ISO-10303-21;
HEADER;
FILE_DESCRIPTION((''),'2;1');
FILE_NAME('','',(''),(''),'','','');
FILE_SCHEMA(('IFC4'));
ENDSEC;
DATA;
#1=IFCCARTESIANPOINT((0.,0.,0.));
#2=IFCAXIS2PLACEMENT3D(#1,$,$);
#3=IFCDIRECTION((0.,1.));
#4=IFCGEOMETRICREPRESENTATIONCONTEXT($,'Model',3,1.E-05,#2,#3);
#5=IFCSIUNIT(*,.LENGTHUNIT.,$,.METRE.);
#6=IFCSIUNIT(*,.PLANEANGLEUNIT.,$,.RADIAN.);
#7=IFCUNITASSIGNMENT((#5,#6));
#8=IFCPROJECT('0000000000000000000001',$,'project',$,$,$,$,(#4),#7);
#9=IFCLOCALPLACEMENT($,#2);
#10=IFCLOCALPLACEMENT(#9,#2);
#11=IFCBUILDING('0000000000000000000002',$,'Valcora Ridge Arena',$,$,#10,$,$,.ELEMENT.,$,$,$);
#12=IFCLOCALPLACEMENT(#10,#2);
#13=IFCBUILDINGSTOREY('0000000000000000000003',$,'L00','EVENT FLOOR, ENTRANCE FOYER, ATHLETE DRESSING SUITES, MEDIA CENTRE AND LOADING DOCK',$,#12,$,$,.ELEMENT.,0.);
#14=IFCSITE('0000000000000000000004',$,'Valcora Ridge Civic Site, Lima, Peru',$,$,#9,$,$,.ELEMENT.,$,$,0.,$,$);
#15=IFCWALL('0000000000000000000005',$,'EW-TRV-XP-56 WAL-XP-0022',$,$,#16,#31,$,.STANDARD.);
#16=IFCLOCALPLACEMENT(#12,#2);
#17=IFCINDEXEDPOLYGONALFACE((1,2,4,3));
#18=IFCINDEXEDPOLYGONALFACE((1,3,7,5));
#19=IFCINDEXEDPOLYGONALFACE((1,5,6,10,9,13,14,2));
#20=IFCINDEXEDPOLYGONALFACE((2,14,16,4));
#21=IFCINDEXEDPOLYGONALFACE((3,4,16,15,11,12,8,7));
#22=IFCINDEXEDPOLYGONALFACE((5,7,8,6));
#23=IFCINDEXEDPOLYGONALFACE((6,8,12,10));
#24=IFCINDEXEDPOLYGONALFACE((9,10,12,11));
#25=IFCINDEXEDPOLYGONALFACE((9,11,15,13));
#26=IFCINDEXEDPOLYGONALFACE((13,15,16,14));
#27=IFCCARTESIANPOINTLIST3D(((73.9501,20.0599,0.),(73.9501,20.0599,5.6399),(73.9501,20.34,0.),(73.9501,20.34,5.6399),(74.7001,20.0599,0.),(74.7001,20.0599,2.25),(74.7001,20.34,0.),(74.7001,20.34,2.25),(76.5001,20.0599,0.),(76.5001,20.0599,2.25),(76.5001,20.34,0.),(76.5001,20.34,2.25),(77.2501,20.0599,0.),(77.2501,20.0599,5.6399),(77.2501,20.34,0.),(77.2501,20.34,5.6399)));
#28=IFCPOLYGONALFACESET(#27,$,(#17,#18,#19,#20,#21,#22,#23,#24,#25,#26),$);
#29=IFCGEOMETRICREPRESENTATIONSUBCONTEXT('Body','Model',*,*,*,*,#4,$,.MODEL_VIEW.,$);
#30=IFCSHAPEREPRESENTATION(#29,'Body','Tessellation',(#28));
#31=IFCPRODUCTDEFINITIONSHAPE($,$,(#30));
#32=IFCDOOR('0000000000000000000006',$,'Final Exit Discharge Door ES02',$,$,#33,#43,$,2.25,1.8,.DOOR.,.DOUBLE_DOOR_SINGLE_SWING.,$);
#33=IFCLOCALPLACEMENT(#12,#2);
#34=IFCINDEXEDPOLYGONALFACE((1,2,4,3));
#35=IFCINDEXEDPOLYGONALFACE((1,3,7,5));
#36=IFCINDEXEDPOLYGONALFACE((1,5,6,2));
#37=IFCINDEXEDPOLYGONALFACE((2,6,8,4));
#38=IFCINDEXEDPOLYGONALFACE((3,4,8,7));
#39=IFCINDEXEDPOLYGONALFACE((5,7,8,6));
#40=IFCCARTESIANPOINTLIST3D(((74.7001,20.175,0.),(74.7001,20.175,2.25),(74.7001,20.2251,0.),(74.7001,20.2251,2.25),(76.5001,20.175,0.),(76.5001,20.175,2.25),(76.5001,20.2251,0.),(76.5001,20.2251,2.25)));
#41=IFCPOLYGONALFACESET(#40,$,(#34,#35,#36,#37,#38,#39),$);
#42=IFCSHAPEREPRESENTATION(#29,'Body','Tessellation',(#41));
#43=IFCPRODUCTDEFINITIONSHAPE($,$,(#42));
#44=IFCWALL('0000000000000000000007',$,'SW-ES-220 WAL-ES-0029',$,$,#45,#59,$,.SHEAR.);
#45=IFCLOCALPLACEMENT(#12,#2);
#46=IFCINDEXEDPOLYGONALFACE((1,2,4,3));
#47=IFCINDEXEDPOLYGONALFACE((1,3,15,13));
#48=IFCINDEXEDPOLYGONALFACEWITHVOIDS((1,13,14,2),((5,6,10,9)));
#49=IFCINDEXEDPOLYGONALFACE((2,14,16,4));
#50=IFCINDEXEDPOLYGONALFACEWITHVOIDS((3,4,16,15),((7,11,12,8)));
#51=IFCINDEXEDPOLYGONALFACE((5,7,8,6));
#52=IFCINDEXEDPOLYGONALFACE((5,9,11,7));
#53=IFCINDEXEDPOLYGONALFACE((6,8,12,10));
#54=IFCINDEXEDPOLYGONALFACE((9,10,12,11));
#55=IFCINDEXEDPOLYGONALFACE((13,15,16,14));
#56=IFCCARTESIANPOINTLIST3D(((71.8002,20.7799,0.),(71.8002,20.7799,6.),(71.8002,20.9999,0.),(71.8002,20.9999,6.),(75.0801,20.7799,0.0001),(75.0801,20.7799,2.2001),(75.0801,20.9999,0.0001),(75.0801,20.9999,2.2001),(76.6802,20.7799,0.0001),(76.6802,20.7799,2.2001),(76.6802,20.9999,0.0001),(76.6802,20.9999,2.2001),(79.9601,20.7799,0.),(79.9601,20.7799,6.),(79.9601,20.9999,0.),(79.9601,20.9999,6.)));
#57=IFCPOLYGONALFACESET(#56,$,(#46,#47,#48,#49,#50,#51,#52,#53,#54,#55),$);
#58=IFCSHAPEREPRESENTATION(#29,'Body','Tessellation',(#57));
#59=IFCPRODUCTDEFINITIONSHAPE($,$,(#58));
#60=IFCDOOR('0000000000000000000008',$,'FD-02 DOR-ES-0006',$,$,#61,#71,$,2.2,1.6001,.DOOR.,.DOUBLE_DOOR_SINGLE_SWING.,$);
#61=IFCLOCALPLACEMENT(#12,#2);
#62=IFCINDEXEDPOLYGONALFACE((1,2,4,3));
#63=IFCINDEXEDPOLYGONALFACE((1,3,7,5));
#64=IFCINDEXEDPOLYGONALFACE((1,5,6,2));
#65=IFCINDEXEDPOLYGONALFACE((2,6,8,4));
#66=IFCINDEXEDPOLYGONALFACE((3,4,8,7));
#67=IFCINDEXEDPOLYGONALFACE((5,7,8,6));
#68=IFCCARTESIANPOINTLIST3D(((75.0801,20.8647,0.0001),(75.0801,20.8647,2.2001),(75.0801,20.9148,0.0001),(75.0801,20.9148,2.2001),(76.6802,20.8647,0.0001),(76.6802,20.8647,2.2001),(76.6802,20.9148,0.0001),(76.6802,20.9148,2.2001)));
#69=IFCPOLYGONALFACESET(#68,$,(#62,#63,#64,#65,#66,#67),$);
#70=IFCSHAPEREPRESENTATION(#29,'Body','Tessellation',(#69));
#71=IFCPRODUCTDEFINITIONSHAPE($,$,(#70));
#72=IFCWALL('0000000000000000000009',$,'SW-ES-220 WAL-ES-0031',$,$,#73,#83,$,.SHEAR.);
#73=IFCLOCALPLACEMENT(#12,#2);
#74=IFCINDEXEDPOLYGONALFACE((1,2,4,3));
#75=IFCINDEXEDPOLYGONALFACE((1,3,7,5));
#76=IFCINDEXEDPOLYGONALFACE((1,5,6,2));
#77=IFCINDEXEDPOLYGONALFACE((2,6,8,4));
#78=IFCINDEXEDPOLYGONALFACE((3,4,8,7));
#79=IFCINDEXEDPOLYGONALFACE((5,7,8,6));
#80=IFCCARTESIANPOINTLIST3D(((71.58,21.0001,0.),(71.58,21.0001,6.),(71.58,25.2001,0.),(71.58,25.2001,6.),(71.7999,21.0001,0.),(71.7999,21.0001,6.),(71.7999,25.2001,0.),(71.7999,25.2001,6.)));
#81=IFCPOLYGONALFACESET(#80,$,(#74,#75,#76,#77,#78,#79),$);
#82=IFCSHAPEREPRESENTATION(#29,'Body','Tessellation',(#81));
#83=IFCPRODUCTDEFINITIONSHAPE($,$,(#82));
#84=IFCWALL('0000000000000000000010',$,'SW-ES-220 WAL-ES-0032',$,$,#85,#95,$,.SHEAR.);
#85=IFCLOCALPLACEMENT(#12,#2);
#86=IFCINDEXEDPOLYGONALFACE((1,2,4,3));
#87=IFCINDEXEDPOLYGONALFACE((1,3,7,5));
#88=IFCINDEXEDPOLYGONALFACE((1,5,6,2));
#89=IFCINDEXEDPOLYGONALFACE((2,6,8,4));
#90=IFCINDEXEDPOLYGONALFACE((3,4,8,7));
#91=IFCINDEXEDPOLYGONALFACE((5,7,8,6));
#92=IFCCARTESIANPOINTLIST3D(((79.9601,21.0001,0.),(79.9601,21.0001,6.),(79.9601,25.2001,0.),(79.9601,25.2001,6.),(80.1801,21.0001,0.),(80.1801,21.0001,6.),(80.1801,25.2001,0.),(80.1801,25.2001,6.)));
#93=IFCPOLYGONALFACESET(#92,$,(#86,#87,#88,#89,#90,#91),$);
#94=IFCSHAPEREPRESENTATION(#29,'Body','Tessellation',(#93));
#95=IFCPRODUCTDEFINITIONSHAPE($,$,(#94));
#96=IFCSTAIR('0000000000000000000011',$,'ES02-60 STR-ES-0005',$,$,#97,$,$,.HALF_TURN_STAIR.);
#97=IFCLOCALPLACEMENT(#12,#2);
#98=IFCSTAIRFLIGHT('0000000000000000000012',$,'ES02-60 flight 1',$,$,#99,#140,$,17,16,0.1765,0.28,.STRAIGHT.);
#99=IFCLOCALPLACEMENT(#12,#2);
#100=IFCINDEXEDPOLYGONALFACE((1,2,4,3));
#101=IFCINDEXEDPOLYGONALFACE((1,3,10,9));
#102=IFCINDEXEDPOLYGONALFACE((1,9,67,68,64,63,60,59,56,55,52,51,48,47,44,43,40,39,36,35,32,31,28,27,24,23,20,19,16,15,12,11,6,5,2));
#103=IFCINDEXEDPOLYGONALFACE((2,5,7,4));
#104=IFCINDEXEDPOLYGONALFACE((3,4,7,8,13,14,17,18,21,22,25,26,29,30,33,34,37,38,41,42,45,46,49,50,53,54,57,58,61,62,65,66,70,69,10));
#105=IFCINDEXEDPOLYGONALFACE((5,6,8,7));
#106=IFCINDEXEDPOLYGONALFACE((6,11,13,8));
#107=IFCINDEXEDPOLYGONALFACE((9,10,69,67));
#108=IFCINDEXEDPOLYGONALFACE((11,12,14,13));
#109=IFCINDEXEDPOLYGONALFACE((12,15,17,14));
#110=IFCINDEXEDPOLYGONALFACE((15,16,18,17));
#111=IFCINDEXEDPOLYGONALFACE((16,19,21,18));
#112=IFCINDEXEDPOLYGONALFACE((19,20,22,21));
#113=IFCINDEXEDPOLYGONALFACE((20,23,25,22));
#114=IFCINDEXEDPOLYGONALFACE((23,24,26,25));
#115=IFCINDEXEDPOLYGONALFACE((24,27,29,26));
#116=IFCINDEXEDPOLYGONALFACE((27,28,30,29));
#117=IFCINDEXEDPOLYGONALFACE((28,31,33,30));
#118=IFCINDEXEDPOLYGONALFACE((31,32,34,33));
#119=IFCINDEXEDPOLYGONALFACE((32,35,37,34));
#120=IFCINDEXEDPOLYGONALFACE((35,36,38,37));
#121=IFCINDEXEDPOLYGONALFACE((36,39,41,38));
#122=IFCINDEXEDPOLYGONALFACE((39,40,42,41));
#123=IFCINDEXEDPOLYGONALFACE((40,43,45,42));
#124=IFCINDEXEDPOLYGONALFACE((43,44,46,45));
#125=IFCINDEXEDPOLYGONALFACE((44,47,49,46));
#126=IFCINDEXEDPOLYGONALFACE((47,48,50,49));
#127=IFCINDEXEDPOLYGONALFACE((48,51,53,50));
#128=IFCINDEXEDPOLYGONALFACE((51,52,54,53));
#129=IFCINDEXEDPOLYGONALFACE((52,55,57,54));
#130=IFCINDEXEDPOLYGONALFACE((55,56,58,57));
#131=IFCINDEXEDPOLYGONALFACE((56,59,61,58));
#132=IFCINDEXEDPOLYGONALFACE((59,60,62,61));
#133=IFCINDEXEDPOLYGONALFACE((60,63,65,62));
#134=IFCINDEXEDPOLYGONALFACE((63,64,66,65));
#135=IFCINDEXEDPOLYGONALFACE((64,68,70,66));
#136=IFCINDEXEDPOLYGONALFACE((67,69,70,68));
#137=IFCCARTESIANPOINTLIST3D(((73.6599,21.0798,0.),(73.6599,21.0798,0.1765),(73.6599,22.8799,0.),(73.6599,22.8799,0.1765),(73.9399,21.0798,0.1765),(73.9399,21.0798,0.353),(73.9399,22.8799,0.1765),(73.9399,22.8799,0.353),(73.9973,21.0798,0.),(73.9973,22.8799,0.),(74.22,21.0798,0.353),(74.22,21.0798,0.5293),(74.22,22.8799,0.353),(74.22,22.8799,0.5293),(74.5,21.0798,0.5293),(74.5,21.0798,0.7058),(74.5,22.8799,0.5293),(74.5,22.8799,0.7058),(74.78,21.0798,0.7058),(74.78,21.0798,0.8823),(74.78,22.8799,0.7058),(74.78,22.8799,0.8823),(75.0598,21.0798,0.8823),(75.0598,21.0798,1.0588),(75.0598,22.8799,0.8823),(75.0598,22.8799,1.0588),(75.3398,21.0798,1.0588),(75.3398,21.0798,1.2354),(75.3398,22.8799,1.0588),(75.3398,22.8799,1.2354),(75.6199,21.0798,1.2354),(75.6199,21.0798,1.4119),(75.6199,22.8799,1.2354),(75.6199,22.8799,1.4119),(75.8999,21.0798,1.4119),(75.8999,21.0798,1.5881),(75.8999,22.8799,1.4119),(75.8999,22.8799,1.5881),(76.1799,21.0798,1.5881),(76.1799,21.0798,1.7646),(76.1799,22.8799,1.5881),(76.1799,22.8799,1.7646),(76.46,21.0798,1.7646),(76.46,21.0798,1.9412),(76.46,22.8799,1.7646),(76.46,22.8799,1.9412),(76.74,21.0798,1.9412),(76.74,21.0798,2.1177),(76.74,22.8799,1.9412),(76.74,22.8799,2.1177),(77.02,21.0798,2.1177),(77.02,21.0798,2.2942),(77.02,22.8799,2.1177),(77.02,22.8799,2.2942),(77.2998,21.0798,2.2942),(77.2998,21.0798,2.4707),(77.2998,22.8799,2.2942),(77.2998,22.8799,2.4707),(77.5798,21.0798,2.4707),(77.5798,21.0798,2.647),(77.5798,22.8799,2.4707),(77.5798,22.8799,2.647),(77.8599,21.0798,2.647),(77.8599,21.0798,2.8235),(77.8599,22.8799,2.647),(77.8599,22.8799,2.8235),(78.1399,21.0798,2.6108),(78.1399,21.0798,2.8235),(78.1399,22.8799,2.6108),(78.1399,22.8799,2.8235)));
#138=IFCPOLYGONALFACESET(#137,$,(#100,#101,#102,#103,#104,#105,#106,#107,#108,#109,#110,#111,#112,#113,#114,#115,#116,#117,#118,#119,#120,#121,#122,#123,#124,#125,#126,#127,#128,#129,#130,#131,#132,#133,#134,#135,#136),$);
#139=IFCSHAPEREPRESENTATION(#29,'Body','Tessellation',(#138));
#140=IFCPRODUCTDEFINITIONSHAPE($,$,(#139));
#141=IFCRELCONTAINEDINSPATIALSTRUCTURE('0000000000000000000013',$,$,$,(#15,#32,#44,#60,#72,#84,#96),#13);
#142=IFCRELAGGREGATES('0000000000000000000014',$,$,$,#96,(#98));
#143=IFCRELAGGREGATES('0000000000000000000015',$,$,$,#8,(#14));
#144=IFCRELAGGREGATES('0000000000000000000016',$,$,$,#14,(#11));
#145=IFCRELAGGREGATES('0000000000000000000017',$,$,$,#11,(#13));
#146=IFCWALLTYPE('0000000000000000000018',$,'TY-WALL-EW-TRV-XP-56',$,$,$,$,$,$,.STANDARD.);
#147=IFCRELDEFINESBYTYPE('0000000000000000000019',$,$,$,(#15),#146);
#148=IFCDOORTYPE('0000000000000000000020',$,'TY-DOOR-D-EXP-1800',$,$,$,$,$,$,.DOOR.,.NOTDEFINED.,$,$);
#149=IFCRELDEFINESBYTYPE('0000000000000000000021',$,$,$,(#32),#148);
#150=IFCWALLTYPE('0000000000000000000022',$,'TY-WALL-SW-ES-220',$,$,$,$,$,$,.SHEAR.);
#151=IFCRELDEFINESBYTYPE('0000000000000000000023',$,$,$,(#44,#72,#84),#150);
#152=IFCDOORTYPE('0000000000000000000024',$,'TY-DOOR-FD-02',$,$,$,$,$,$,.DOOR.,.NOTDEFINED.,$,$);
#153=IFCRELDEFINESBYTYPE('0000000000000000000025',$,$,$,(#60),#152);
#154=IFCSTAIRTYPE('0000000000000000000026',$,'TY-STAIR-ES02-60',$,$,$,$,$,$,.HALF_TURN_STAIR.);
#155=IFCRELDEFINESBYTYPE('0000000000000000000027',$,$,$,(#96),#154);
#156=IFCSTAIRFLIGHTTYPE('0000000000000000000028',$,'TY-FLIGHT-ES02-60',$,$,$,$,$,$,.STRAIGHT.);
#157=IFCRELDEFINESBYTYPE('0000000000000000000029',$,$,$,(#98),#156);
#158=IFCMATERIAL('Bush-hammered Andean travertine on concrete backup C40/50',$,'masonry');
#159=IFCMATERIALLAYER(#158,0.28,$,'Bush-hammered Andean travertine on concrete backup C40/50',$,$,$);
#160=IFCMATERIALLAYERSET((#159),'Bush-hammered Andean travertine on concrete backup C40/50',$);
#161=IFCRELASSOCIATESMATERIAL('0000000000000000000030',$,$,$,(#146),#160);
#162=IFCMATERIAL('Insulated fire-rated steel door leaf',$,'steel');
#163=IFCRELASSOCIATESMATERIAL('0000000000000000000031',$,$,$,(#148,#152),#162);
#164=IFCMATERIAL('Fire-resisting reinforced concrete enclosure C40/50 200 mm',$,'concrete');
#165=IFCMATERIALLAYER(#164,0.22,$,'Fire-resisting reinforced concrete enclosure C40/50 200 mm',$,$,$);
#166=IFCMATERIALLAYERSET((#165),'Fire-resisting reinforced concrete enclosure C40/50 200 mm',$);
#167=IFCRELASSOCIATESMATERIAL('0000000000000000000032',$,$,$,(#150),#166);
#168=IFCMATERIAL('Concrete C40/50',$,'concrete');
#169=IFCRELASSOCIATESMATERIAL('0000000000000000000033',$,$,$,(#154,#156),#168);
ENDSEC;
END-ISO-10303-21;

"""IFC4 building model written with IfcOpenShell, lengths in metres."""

from ifc_helpers import new_model, si_unit, direction, frame, frame_2d, origin, place, context, subcontext, project, spatial, polyline, rectangle, outline, extrude, material, layer, layer_set, type_object, element, fill, aggregate, save


model = new_model("IFC4")

# Units and contexts
model_context = context("Model", 3, precision=1e-05, world=origin(), true_north=direction((0.0, 1.0)))
body_context = subcontext(model_context, "Body", "Model", "MODEL_VIEW")
ifc_project = project(units=[si_unit("LENGTHUNIT", "METRE"), si_unit("PLANEANGLEUNIT", "RADIAN")], contexts=[model_context])

# Site, building, storey
site_placement = place(None, origin())
site = spatial("IfcSite", under=ifc_project, at=site_placement, Name="Valcora Ridge Civic Site, Lima, Peru", CompositionType="ELEMENT", RefElevation=0.0)
building_placement = place(site_placement, origin())
building = spatial("IfcBuilding", under=site, at=building_placement, Name="Valcora Ridge Arena", CompositionType="ELEMENT")
storey_placement = place(building_placement, origin())
storey = spatial("IfcBuildingStorey", under=building, at=storey_placement, Name="L00", Description="EVENT FLOOR, ENTRANCE FOYER, ATHLETE DRESSING SUITES, MEDIA CENTRE AND LOADING DOCK", CompositionType="ELEMENT", Elevation=0.0)

# Shared definitions
ifc_material_1 = material(Name="Bush-hammered Andean travertine on concrete backup C40/50", Category="masonry")

# Walls, openings, doors
ifc_layer_1 = layer(ifc_material_1, 0.28, Name="Bush-hammered Andean travertine on concrete backup C40/50")
ifc_layer_set_1 = layer_set([ifc_layer_1], Name="Bush-hammered Andean travertine on concrete backup C40/50")
wall_type_1 = type_object("IfcWallType", Name="TY-WALL-EW-TRV-XP-56", PredefinedType="STANDARD", material=ifc_layer_set_1)
wall_1_placement = place(storey_placement, frame((77.25, 20.2, 0.0), z_axis=(0.0, 0.0, 1.0), x_axis=(-1.0, 0.0, 0.0)))
wall_1 = element("IfcWall", 1, at=wall_1_placement, inside=storey, type_object=wall_type_1, Name="EW-TRV-XP-56 WAL-XP-0022", PredefinedType="STANDARD", context=body_context, shape_type="SweptSolid", body=[
    extrude(rectangle(XDim=3.3, YDim=0.28, at=frame_2d((1.6499, 0.0))), origin(), (0.0, 0.0, 1.0), 5.6399),
])
opening_1_placement = place(wall_1_placement, frame((0.75, 0.0, 0.0)))
opening_1 = element("IfcOpeningElement", 2, at=opening_1_placement, cuts=wall_1, PredefinedType="OPENING", context=body_context, shape_type="SweptSolid", body=[
    extrude(rectangle(XDim=1.8, YDim=2.25, at=frame_2d((0.8999, 1.125))), frame((0.0, 0.1499, 0.0), z_axis=(0.0, -1.0, 0.0), x_axis=(1.0, 0.0, 0.0)), (0.0, 0.0, 1.0), 0.3),
])
ifc_material_2 = material(Name="Insulated fire-rated steel door leaf", Category="steel")
door_type_1 = type_object("IfcDoorType", Name="TY-DOOR-D-EXP-1800", OperationType="NOTDEFINED", PredefinedType="DOOR", material=ifc_material_2)
door_1_placement = place(opening_1_placement, origin())
door_1 = element("IfcDoor", 3, at=door_1_placement, inside=storey, type_object=door_type_1, Name="Final Exit Discharge Door ES02", OperationType="DOUBLE_DOOR_SINGLE_SWING", OverallHeight=2.25, OverallWidth=1.8, PredefinedType="DOOR", context=body_context, shape_type="SweptSolid", body=[
    extrude(rectangle(XDim=1.8, YDim=2.25, at=frame_2d((0.8999, 1.125))), frame((0.0, 0.0249, 0.0), z_axis=(0.0, -1.0, 0.0), x_axis=(1.0, 0.0, 0.0)), (0.0, 0.0, 1.0), 0.05),
])
fill(opening_1, door_1)
ifc_material_3 = material(Name="Fire-resisting reinforced concrete enclosure C40/50 200 mm", Category="concrete")
ifc_layer_2 = layer(ifc_material_3, 0.22, Name="Fire-resisting reinforced concrete enclosure C40/50 200 mm")
ifc_layer_set_2 = layer_set([ifc_layer_2], Name="Fire-resisting reinforced concrete enclosure C40/50 200 mm")
wall_type_2 = type_object("IfcWallType", Name="TY-WALL-SW-ES-220", PredefinedType="SHEAR", material=ifc_layer_set_2)
wall_2_placement = place(storey_placement, frame((71.8, 20.8899, 0.0), z_axis=(0.0, 0.0, 1.0), x_axis=(1.0, 0.0, 0.0)))
wall_2 = element("IfcWall", 4, at=wall_2_placement, inside=storey, type_object=wall_type_2, Name="SW-ES-220 WAL-ES-0029", PredefinedType="SHEAR", context=body_context, shape_type="SweptSolid", body=[
    extrude(rectangle(XDim=8.1599, YDim=0.22, at=frame_2d((4.0801, 0.0))), origin(), (0.0, 0.0, 1.0), 6.0),
])
opening_2_placement = place(wall_2_placement, frame((3.28, 0.0, 0.0)))
opening_2 = element("IfcOpeningElement", 5, at=opening_2_placement, cuts=wall_2, PredefinedType="OPENING", context=body_context, shape_type="SweptSolid", body=[
    extrude(rectangle(XDim=1.6001, YDim=2.2, at=frame_2d((0.8, 1.1001))), frame((0.0, 0.1199, 0.0), z_axis=(0.0, -1.0, 0.0), x_axis=(1.0, 0.0, 0.0)), (0.0, 0.0, 1.0), 0.24),
])
door_type_2 = type_object("IfcDoorType", Name="TY-DOOR-FD-02", OperationType="NOTDEFINED", PredefinedType="DOOR", material=ifc_material_2)
door_2_placement = place(opening_2_placement, origin())
door_2 = element("IfcDoor", 6, at=door_2_placement, inside=storey, type_object=door_type_2, Name="FD-02 DOR-ES-0006", OperationType="DOUBLE_DOOR_SINGLE_SWING", OverallHeight=2.2, OverallWidth=1.6001, PredefinedType="DOOR", context=body_context, shape_type="SweptSolid", body=[
    extrude(rectangle(XDim=1.6001, YDim=2.2, at=frame_2d((0.8, 1.1001))), frame((0.0, 0.0249, 0.0), z_axis=(0.0, -1.0, 0.0), x_axis=(1.0, 0.0, 0.0)), (0.0, 0.0, 1.0), 0.05),
])
fill(opening_2, door_2)

# Walls
for number, where, z_axis, x_axis, name in (
    (7, (71.6899, 21.0, 0.0), (0.0, 0.0, 1.0), (0.0, 1.0, 0.0), "SW-ES-220 WAL-ES-0031"),
    (8, (80.0701, 21.0, 0.0), (0.0, 0.0, 1.0), (0.0, 1.0, 0.0), "SW-ES-220 WAL-ES-0032"),
):
    element("IfcWall", number, at=place(storey_placement, frame(where, z_axis=z_axis, x_axis=x_axis)), inside=storey, type_object=wall_type_2, Name=name, PredefinedType="SHEAR", context=body_context, shape_type="SweptSolid", body=[
        extrude(rectangle(XDim=4.2, YDim=0.22, at=frame_2d((2.1001, 0.0))), origin(), (0.0, 0.0, 1.0), 6.0),
    ])

# Stair, stair flight
ifc_material_4 = material(Name="Concrete C40/50", Category="concrete")
stair_type = type_object("IfcStairType", Name="TY-STAIR-ES02-60", PredefinedType="HALF_TURN_STAIR", material=ifc_material_4)
stair_placement = place(storey_placement, origin())
stair = element("IfcStair", 9, at=stair_placement, inside=storey, type_object=stair_type, Name="ES02-60 STR-ES-0005", PredefinedType="HALF_TURN_STAIR")
stair_flight_type = type_object("IfcStairFlightType", Name="TY-FLIGHT-ES02-60", PredefinedType="STRAIGHT", material=ifc_material_4)
stair_flight_1_placement = place(storey_placement, frame((73.6599, 21.98, 0.0), z_axis=(0.0, 0.0, 1.0), x_axis=(1.0, 0.0, 0.0)))
stair_flight_1 = element("IfcStairFlight", 10, at=stair_flight_1_placement, type_object=stair_flight_type, Name="ES02-60 flight 1", NumberOfRisers=17, NumberOfTreads=16, PredefinedType="STRAIGHT", RiserHeight=0.1765, TreadLength=0.28, context=body_context, shape_type="SweptSolid", body=[
    extrude(outline(polyline([(0.0, 0.0), (0.0, 0.1765), (0.28, 0.1765), (0.28, 0.353), (0.5601, 0.353), (0.5601, 0.5293), (0.8401, 0.5293), (0.8401, 0.7058), (1.1201, 0.7058), (1.1201, 0.8823), (1.3999, 0.8823), (1.3999, 1.0588), (1.6799, 1.0588), (1.6799, 1.2354), (1.96, 1.2354), (1.96, 1.4119), (2.24, 1.4119), (2.24, 1.5881), (2.52, 1.5881), (2.52, 1.7646), (2.8, 1.7646), (2.8, 1.9412), (3.0801, 1.9412), (3.0801, 2.1177), (3.3601, 2.1177), (3.3601, 2.2942), (3.6399, 2.2942), (3.6399, 2.4707), (3.9199, 2.4707), (3.9199, 2.647), (4.2, 2.647), (4.2, 2.8235), (4.48, 2.8235), (4.48, 3.0), (4.48, 2.6108), (0.3374, 0.0), (0.0, 0.0)])), frame((0.0, 0.8999, 0.0), z_axis=(0.0, -1.0, 0.0), x_axis=(1.0, 0.0, 0.0)), (0.0, 0.0, 1.0), 1.8),
])
aggregate(stair, [stair_flight_1])

save(model, "model.ifc")
